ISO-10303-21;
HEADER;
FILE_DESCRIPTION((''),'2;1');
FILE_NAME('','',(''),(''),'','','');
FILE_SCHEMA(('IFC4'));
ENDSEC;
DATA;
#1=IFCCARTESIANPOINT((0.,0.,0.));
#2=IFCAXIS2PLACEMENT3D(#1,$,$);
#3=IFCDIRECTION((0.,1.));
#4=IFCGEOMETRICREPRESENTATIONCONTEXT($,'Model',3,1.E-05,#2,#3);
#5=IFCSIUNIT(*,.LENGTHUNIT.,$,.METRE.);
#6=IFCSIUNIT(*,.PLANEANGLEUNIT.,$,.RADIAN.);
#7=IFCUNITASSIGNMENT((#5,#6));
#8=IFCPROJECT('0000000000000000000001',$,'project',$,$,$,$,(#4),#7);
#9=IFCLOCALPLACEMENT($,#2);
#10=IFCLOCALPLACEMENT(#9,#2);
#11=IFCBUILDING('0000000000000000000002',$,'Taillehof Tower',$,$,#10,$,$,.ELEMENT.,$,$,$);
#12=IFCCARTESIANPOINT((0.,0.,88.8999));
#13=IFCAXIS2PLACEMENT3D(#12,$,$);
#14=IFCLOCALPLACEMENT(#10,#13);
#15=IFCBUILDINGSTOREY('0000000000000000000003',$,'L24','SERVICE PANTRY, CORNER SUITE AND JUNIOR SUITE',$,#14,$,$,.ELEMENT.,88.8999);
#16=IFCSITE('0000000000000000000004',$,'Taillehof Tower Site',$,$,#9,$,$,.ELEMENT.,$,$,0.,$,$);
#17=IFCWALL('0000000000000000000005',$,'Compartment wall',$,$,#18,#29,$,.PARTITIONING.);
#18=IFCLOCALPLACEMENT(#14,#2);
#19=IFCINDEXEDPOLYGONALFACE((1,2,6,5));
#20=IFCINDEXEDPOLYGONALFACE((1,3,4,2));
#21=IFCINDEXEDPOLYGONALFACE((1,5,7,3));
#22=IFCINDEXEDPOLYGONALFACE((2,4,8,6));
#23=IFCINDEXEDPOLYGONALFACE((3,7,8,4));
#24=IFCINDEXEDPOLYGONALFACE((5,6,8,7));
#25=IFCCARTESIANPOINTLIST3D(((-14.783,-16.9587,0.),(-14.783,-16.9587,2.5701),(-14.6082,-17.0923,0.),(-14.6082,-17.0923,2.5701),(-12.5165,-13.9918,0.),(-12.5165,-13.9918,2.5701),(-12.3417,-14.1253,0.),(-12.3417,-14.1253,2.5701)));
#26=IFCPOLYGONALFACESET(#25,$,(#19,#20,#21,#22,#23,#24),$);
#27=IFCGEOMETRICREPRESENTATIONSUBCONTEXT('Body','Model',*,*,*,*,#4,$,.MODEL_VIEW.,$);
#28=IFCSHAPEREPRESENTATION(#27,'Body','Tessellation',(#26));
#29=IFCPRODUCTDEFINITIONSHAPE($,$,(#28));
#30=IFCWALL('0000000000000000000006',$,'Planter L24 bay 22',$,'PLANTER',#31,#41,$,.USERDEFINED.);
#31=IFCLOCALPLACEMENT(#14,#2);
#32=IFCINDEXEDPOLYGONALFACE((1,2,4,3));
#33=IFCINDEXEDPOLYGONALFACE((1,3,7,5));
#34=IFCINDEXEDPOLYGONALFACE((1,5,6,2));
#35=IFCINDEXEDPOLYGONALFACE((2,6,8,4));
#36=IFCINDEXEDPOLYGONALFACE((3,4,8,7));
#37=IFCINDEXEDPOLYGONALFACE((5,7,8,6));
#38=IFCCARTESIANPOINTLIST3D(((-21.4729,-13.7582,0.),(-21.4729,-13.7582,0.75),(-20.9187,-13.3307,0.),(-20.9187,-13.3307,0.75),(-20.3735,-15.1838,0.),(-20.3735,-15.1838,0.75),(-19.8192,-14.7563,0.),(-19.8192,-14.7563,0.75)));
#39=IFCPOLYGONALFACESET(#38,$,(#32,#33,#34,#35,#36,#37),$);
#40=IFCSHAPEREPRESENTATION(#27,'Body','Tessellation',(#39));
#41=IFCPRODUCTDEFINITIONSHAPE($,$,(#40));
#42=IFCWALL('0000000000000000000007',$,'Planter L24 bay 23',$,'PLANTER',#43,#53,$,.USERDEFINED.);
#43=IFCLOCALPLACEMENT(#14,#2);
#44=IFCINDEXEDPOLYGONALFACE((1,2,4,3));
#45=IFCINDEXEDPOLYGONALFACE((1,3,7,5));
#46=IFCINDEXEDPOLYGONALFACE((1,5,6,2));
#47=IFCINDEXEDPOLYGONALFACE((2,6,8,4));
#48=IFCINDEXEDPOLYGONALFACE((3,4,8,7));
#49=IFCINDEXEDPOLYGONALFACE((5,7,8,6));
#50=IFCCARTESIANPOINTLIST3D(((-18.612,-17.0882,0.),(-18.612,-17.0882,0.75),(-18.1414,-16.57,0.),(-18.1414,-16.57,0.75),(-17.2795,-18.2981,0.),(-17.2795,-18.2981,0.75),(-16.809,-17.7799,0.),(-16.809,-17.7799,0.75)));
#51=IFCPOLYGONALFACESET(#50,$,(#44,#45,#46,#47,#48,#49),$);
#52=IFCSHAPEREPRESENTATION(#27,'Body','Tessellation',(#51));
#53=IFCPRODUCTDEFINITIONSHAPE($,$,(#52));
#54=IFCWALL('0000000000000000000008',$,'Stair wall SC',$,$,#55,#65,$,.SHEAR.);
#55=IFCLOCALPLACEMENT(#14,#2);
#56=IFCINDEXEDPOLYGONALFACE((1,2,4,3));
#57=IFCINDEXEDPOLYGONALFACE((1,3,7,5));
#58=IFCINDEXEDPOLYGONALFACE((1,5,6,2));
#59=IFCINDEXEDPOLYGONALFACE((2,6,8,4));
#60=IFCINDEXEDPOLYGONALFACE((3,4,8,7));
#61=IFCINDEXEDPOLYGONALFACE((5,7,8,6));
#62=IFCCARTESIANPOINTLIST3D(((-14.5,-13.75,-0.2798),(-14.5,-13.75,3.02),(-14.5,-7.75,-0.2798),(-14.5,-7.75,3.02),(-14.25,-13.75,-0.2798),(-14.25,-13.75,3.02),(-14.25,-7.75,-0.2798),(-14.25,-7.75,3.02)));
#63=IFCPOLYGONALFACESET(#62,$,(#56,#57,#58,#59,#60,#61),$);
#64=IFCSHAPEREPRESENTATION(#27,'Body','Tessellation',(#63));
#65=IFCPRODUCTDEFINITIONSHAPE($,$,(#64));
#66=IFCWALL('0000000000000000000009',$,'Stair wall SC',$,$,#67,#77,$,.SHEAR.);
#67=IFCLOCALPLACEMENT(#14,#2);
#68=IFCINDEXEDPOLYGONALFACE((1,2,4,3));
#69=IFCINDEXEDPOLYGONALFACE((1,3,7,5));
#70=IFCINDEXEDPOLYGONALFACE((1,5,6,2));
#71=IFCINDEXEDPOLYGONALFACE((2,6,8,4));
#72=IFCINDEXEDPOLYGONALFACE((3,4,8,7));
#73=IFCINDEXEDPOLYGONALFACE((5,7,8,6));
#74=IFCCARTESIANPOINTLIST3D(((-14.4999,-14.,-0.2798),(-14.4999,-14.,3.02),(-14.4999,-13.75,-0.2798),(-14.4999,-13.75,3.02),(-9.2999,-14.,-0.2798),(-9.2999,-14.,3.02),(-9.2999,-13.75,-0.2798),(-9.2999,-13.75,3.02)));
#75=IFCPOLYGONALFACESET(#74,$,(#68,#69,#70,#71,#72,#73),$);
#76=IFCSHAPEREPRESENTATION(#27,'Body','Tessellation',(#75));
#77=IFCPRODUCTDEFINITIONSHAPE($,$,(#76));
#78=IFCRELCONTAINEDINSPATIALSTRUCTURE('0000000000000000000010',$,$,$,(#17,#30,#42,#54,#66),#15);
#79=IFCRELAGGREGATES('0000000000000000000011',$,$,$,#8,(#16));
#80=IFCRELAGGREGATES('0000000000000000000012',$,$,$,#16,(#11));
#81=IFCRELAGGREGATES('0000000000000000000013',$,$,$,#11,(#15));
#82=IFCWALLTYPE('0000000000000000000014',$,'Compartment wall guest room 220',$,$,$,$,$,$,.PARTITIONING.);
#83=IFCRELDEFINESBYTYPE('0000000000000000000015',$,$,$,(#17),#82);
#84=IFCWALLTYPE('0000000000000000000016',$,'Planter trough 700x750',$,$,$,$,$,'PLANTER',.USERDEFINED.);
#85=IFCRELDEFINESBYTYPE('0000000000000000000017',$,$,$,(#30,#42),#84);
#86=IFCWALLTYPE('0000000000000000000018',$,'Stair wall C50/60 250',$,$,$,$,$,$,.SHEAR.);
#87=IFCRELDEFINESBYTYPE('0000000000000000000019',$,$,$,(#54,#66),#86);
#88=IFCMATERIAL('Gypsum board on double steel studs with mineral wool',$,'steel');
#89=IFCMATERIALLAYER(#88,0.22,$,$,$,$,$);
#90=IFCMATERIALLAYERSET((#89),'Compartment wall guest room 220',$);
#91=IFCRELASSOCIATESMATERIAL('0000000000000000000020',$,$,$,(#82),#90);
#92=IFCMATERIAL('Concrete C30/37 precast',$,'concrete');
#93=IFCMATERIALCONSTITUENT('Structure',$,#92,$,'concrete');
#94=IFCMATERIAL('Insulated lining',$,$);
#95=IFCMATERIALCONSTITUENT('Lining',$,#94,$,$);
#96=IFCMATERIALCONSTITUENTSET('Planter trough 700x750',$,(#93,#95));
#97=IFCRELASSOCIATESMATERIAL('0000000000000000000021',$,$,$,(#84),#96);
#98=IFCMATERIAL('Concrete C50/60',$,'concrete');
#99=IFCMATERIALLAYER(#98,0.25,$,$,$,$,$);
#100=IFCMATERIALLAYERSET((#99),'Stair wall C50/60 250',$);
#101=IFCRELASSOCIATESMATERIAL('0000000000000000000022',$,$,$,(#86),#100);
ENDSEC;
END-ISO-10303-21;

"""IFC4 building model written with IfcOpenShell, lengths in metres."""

from ifc_helpers import new_model, si_unit, direction, frame, frame_2d, origin, place, context, subcontext, project, spatial, rectangle, extrude, material, layer, layer_set, constituent, constituent_set, type_object, element, save


model = new_model("IFC4")

# Units and contexts
model_context = context("Model", 3, precision=1e-05, world=origin(), true_north=direction((0.0, 1.0)))
body_context = subcontext(model_context, "Body", "Model", "MODEL_VIEW")
ifc_project = project(units=[si_unit("LENGTHUNIT", "METRE"), si_unit("PLANEANGLEUNIT", "RADIAN")], contexts=[model_context])

# Site, building, storey
site_placement = place(None, origin())
site = spatial("IfcSite", under=ifc_project, at=site_placement, Name="Taillehof Tower Site", CompositionType="ELEMENT", RefElevation=0.0)
building_placement = place(site_placement, origin())
building = spatial("IfcBuilding", under=site, at=building_placement, Name="Taillehof Tower", CompositionType="ELEMENT")
storey_placement = place(building_placement, frame((0.0, 0.0, 88.8999)))
storey = spatial("IfcBuildingStorey", under=building, at=storey_placement, Name="L24", Description="SERVICE PANTRY, CORNER SUITE AND JUNIOR SUITE", CompositionType="ELEMENT", Elevation=88.8999)

# Walls
ifc_material_1 = material(Name="Gypsum board on double steel studs with mineral wool", Category="steel")
ifc_layer_1 = layer(ifc_material_1, 0.22)
ifc_layer_set_1 = layer_set([ifc_layer_1], Name="Compartment wall guest room 220")
wall_type_1 = type_object("IfcWallType", Name="Compartment wall guest room 220", PredefinedType="PARTITIONING", material=ifc_layer_set_1)
wall_1_placement = place(storey_placement, frame((-14.6956, -17.0254, 0.0), z_axis=(0.0, 0.0, 1.0), x_axis=(0.607059, 0.794657, 0.0)))
element("IfcWall", 1, at=wall_1_placement, inside=storey, type_object=wall_type_1, Name="Compartment wall", PredefinedType="PARTITIONING", context=body_context, shape_type="SweptSolid", body=[
    extrude(rectangle(XDim=3.7336, YDim=0.22, at=frame_2d((1.8667, 0.0))), origin(), (0.0, 0.0, 1.0), 2.5701),
])
ifc_material_2 = material(Name="Concrete C30/37 precast", Category="concrete")
ifc_constituent_1 = constituent(ifc_material_2, Name="Structure", Category="concrete")
ifc_material_3 = material(Name="Insulated lining")
ifc_constituent_2 = constituent(ifc_material_3, Name="Lining")
ifc_constituent_set = constituent_set(constituents=[ifc_constituent_1, ifc_constituent_2], Name="Planter trough 700x750")
wall_type_2 = type_object("IfcWallType", Name="Planter trough 700x750", ElementType="PLANTER", PredefinedType="USERDEFINED", material=ifc_constituent_set)
wall_2_placement = place(storey_placement, frame((-21.1958, -13.5444, 0.0), z_axis=(0.0, 0.0, 1.0), x_axis=(0.610687, -0.791872, 0.0)))
element("IfcWall", 2, at=wall_2_placement, inside=storey, type_object=wall_type_2, Name="Planter L24 bay 22", ObjectType="PLANTER", PredefinedType="USERDEFINED", context=body_context, shape_type="SweptSolid", body=[
    extrude(rectangle(XDim=1.8003, YDim=0.7, at=frame_2d((0.9001, 0.0))), origin(), (0.0, 0.0, 1.0), 0.75),
])
wall_3_placement = place(storey_placement, frame((-18.3767, -16.8291, 0.0), z_axis=(0.0, 0.0, 1.0), x_axis=(0.740333, -0.672241, 0.0)))
element("IfcWall", 3, at=wall_3_placement, inside=storey, type_object=wall_type_2, Name="Planter L24 bay 23", ObjectType="PLANTER", PredefinedType="USERDEFINED", context=body_context, shape_type="SweptSolid", body=[
    extrude(rectangle(XDim=1.7998, YDim=0.7, at=frame_2d((0.8999, 0.0))), origin(), (0.0, 0.0, 1.0), 0.75),
])
ifc_material_4 = material(Name="Concrete C50/60", Category="concrete")
ifc_layer_2 = layer(ifc_material_4, 0.25)
ifc_layer_set_2 = layer_set([ifc_layer_2], Name="Stair wall C50/60 250")
wall_type_3 = type_object("IfcWallType", Name="Stair wall C50/60 250", PredefinedType="SHEAR", material=ifc_layer_set_2)
wall_4_placement = place(storey_placement, frame((-14.375, -13.75, -0.2798), z_axis=(0.0, 0.0, 1.0), x_axis=(0.0, 1.0, 0.0)))
element("IfcWall", 4, at=wall_4_placement, inside=storey, type_object=wall_type_3, Name="Stair wall SC", PredefinedType="SHEAR", context=body_context, shape_type="SweptSolid", body=[
    extrude(rectangle(XDim=6.0, YDim=0.25, at=frame_2d((3.0, 0.0))), origin(), (0.0, 0.0, 1.0), 3.2998),
])
wall_5_placement = place(storey_placement, frame((-14.5, -13.875, -0.2798), z_axis=(0.0, 0.0, 1.0), x_axis=(1.0, 0.0, 0.0)))
element("IfcWall", 5, at=wall_5_placement, inside=storey, type_object=wall_type_3, Name="Stair wall SC", PredefinedType="SHEAR", context=body_context, shape_type="SweptSolid", body=[
    extrude(rectangle(XDim=5.2, YDim=0.25, at=frame_2d((2.6001, 0.0))), origin(), (0.0, 0.0, 1.0), 3.2998),
])

save(model, "model.ifc")
